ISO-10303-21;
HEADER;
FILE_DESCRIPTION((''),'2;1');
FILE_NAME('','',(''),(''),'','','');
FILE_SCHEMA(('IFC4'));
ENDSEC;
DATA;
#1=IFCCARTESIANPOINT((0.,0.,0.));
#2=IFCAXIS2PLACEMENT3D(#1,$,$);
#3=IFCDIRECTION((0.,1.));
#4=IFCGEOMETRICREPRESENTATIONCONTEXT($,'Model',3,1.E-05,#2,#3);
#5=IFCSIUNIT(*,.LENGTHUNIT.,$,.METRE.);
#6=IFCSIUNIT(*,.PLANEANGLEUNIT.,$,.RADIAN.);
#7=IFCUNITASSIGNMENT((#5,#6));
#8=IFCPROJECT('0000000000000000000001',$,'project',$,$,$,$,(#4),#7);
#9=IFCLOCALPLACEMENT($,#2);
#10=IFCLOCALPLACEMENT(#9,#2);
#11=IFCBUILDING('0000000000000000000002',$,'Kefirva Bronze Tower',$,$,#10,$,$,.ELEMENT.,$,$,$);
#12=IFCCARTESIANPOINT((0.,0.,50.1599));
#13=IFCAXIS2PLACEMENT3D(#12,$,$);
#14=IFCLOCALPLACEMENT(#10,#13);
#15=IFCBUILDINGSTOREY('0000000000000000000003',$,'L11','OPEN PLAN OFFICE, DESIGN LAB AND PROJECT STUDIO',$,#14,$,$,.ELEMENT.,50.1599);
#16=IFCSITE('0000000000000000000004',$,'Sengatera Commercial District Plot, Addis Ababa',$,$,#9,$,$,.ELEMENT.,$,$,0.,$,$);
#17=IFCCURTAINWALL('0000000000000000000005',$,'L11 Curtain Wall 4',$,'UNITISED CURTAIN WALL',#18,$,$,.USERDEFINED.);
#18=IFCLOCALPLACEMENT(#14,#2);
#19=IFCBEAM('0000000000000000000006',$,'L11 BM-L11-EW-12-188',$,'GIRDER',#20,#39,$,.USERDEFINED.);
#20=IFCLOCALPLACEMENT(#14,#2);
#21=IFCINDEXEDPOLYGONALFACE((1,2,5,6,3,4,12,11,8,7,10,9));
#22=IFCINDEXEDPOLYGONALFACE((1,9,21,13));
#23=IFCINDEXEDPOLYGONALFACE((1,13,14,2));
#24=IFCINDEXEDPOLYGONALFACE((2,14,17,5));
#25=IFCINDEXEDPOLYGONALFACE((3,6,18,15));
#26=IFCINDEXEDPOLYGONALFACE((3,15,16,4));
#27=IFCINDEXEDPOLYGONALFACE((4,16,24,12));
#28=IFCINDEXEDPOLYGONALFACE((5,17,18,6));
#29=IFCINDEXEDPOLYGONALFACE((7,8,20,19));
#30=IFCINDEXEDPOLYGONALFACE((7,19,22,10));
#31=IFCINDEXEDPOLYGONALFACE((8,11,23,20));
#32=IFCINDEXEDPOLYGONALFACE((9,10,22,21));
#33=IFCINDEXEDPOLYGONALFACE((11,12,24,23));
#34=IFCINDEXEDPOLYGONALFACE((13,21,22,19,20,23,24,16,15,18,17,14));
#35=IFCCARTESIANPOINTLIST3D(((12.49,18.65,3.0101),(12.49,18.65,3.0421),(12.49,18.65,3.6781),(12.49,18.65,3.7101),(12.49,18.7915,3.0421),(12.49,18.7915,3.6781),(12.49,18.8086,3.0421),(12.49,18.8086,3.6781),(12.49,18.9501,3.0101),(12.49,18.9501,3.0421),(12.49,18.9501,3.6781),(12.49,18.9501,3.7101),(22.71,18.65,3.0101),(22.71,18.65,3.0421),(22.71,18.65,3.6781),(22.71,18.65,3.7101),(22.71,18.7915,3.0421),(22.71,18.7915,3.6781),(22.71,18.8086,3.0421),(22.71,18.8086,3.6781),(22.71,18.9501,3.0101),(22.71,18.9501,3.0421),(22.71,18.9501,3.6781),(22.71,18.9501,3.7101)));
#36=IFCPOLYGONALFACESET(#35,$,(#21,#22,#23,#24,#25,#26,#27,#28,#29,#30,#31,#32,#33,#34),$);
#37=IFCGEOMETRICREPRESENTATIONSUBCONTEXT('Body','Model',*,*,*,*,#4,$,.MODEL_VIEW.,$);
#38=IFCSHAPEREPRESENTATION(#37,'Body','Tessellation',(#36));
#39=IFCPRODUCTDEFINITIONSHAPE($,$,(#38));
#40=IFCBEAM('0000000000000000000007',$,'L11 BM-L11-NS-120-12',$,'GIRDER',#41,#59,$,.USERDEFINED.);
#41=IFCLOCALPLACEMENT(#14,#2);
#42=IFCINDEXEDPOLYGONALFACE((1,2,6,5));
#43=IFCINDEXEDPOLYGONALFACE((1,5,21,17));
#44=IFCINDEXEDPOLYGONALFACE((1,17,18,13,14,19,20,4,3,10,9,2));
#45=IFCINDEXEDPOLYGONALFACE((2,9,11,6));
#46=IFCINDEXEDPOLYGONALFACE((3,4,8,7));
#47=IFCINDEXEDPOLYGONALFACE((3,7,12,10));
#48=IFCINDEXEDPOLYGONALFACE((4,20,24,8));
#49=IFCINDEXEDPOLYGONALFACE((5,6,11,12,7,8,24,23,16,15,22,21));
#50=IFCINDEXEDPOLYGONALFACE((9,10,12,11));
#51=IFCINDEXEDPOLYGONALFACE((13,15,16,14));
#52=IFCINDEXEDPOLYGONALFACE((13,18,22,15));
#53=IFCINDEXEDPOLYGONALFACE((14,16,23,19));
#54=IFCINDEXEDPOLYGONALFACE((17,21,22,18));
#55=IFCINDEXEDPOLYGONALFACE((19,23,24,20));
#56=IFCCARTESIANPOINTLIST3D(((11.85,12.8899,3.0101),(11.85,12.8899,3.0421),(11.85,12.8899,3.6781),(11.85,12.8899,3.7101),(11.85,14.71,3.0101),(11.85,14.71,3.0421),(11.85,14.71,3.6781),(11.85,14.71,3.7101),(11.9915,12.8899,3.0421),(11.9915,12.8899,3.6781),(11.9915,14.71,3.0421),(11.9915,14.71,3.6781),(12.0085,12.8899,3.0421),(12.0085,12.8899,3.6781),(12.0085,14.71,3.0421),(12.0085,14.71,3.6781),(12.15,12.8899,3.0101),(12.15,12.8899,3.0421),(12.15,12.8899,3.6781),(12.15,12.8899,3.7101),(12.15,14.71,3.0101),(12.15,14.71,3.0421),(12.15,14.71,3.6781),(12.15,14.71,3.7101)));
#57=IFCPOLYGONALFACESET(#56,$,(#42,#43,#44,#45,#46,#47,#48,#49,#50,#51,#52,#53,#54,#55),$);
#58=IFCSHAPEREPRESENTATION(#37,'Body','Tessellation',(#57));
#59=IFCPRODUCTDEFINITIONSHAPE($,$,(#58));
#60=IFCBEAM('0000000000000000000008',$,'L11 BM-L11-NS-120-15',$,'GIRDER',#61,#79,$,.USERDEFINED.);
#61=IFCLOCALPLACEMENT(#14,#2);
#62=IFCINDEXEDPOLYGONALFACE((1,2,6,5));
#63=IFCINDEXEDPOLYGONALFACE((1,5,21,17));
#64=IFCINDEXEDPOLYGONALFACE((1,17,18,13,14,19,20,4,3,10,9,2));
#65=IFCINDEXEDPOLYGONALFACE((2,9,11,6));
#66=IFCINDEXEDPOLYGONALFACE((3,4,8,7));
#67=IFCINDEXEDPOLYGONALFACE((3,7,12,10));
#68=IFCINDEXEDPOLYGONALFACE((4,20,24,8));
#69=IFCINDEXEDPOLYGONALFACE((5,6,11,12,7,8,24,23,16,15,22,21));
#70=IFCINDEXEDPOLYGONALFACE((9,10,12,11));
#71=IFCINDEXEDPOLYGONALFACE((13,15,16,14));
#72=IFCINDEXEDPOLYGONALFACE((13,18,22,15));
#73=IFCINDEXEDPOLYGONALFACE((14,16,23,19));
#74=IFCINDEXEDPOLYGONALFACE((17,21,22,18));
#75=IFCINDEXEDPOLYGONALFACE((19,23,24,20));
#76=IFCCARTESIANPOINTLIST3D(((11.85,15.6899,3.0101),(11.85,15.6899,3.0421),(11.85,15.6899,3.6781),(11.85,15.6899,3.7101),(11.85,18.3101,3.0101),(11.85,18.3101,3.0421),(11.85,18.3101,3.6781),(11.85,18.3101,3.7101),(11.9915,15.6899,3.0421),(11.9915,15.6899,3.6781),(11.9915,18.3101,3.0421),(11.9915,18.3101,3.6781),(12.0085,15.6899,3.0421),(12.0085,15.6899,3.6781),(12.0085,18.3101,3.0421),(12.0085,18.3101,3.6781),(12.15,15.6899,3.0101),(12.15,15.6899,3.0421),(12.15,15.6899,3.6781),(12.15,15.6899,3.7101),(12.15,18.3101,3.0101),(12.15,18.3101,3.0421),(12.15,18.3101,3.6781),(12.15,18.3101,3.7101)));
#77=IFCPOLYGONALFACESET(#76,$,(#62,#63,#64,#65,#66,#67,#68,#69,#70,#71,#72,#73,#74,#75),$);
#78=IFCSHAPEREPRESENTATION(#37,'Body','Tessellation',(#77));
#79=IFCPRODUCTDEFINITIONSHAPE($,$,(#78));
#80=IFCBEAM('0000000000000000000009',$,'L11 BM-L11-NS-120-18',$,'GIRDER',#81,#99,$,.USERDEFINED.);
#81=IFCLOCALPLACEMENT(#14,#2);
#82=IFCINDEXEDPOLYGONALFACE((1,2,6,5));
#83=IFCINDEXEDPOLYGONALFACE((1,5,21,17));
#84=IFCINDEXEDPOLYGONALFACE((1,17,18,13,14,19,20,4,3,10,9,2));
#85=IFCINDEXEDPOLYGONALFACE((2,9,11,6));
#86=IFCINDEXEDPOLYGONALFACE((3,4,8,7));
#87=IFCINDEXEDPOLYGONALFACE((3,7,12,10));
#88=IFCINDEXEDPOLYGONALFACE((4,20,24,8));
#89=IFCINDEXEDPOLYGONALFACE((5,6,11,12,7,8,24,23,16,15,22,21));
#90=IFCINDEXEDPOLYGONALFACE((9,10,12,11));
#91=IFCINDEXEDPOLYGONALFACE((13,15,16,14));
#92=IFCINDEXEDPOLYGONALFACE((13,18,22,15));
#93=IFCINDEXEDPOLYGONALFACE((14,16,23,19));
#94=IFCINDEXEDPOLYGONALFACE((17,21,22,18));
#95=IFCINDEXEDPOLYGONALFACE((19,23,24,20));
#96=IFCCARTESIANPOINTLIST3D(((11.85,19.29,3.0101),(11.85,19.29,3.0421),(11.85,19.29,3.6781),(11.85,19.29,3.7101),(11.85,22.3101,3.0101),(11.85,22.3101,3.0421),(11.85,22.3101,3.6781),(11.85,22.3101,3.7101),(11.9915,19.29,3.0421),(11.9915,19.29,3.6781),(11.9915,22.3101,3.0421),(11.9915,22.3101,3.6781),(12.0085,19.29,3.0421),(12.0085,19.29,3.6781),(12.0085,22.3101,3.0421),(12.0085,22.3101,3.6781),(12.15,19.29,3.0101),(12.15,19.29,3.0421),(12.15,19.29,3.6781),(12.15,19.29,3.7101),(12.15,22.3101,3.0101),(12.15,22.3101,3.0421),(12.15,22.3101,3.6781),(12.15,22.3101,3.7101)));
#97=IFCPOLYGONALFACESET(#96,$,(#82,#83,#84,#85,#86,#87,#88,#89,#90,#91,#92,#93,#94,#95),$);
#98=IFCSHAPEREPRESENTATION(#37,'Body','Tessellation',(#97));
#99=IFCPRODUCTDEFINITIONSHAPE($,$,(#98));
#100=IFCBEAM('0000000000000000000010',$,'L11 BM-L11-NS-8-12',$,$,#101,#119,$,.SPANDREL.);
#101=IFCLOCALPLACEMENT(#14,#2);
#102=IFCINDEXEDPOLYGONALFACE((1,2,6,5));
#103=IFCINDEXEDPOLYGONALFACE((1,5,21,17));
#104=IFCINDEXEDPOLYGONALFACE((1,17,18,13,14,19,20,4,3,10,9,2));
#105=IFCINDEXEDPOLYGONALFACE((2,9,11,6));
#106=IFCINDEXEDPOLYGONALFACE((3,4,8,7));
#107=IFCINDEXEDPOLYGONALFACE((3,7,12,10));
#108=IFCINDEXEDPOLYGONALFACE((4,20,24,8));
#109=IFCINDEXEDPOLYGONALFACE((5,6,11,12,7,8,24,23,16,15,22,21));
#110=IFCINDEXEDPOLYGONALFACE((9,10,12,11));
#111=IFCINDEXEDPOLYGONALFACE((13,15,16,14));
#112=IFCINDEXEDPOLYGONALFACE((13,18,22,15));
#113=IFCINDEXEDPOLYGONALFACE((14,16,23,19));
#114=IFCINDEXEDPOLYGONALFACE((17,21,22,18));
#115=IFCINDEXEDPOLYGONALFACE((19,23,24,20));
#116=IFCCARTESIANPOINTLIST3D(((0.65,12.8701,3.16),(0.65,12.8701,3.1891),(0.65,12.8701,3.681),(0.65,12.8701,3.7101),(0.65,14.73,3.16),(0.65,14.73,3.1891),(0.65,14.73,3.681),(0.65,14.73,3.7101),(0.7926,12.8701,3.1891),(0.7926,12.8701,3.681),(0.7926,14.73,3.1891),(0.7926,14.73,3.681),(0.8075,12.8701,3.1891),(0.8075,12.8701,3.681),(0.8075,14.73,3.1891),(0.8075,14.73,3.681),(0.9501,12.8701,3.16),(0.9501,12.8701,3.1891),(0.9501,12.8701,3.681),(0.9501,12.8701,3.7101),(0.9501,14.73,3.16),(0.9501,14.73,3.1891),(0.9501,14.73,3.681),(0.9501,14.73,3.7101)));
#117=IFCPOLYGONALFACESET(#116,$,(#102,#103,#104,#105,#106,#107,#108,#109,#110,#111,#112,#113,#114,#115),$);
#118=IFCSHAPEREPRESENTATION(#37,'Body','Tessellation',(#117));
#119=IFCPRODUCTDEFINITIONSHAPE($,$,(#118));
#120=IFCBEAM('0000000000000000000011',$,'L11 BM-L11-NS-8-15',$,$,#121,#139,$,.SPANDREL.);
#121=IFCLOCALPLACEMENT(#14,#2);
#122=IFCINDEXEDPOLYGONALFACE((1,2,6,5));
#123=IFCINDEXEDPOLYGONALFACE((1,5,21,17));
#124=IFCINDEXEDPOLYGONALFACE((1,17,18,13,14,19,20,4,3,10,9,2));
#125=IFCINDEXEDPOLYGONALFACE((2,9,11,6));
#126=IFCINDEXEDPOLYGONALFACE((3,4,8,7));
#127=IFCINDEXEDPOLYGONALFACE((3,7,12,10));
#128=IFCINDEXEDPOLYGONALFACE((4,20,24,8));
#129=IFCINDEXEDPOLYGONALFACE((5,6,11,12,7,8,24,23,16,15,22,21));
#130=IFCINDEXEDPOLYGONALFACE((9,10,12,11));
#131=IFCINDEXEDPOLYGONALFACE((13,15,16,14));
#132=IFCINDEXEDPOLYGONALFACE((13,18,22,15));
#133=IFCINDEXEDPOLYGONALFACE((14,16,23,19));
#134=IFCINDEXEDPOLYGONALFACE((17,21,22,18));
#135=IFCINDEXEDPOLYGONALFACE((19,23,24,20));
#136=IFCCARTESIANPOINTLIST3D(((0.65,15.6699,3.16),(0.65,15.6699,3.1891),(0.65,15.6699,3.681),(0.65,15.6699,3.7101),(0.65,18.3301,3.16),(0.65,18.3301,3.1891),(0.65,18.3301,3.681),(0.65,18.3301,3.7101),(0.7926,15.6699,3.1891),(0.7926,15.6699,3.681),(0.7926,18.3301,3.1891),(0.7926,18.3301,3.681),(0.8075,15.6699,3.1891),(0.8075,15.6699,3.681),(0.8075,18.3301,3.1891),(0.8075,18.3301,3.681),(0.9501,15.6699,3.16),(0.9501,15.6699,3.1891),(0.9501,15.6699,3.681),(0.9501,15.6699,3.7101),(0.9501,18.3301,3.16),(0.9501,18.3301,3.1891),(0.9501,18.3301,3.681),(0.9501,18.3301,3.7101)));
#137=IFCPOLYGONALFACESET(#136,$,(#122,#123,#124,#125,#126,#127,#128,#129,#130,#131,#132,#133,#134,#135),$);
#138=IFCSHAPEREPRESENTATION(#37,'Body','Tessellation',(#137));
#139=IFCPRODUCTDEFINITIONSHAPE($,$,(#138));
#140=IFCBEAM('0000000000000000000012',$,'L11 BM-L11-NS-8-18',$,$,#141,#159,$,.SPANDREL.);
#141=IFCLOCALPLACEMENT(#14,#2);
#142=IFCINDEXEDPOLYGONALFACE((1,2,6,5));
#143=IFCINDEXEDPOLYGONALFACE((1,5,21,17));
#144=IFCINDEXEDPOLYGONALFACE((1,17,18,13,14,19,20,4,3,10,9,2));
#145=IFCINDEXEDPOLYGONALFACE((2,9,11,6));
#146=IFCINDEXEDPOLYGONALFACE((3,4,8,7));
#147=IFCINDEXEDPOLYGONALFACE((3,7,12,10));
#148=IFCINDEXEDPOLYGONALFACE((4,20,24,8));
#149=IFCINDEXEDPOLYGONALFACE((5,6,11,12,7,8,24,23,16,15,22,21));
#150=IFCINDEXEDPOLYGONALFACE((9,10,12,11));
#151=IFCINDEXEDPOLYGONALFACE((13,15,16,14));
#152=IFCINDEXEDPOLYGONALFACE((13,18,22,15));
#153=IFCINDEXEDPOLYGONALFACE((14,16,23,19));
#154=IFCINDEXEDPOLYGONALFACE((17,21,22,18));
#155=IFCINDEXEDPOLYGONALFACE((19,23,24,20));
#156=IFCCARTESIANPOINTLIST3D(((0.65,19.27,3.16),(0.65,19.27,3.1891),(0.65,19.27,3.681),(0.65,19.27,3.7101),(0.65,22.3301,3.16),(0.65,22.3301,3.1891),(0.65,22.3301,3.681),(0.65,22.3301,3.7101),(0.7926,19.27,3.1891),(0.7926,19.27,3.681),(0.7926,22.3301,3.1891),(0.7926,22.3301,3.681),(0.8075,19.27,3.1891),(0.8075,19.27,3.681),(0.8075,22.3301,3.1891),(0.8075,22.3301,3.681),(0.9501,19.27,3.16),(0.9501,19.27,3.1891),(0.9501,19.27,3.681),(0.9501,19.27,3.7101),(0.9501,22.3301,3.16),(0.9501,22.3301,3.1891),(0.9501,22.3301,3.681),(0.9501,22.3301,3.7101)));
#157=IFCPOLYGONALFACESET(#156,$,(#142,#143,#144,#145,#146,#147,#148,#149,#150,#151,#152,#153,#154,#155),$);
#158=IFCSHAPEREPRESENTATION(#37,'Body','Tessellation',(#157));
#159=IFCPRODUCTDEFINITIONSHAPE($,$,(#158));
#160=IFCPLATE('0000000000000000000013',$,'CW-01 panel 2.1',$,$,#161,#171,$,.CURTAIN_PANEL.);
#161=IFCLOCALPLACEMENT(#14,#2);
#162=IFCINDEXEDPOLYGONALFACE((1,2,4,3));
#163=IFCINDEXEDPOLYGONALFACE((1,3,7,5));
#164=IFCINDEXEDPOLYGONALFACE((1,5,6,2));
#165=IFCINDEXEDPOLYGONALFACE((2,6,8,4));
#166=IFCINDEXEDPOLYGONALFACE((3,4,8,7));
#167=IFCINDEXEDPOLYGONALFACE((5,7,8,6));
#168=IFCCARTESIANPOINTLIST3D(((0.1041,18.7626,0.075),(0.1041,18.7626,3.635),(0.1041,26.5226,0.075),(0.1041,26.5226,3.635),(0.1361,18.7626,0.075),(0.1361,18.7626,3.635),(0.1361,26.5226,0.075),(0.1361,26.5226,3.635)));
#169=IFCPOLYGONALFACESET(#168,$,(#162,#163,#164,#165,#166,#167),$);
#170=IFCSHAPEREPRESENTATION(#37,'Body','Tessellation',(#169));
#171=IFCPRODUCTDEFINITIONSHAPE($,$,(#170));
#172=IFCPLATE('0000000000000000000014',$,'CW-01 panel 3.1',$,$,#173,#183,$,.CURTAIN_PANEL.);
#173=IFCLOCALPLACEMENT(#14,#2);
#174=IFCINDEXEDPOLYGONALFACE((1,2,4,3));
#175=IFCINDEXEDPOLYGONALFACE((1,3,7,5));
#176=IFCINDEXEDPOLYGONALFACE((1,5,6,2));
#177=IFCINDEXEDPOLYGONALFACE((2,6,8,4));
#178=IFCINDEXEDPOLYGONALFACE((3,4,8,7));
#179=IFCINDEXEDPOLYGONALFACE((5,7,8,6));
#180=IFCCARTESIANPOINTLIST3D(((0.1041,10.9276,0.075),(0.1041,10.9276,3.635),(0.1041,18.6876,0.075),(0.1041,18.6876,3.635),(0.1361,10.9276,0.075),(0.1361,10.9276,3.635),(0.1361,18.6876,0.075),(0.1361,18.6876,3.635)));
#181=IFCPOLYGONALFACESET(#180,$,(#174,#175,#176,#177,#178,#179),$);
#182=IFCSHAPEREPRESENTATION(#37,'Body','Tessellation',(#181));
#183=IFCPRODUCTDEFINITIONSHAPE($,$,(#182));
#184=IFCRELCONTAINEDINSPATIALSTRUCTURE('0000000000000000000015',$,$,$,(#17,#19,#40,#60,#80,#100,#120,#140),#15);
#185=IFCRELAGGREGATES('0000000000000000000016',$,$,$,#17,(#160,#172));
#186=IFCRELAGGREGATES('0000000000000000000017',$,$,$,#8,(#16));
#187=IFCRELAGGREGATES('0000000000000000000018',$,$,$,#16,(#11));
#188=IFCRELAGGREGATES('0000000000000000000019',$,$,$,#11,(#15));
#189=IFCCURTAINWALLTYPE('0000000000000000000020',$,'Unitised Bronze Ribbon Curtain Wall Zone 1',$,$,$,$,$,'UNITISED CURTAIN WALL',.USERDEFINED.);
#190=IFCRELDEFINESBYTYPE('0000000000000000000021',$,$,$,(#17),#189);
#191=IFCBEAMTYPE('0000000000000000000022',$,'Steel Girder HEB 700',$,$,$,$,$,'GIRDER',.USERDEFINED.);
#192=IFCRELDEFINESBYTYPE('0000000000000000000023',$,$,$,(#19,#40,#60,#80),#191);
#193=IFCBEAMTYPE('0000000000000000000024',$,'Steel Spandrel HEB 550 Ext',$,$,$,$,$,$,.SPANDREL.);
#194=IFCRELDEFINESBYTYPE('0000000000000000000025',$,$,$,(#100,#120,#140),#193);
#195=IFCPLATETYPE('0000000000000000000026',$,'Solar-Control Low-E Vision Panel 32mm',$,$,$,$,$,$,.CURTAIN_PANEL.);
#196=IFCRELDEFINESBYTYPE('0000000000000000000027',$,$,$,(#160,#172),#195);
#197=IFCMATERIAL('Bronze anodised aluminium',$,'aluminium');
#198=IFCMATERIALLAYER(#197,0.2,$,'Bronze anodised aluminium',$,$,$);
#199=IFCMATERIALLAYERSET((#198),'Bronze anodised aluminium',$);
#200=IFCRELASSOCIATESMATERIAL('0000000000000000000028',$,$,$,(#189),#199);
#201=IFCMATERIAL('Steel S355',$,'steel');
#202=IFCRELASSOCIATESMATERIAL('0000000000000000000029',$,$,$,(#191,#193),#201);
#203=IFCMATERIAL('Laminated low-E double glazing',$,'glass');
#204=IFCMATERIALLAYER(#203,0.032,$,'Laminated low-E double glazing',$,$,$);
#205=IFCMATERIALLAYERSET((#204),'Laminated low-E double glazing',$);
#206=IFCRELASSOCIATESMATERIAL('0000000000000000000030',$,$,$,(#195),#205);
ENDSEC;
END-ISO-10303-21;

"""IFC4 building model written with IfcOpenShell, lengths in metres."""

from ifc_helpers import new_model, si_unit, direction, frame, origin, origin_2d, place, context, subcontext, project, spatial, rectangle, i_section, extrude, material, layer, layer_set, material_profile, profile_set, type_object, element, aggregate, save


model = new_model("IFC4")

# Units and contexts
model_context = context("Model", 3, precision=1e-05, world=origin(), true_north=direction((0.0, 1.0)))
body_context = subcontext(model_context, "Body", "Model", "MODEL_VIEW")
ifc_project = project(units=[si_unit("LENGTHUNIT", "METRE"), si_unit("PLANEANGLEUNIT", "RADIAN")], contexts=[model_context])

# Site, building, storey
site_placement = place(None, origin())
site = spatial("IfcSite", under=ifc_project, at=site_placement, Name="Sengatera Commercial District Plot, Addis Ababa", CompositionType="ELEMENT", RefElevation=0.0)
building_placement = place(site_placement, origin())
building = spatial("IfcBuilding", under=site, at=building_placement, Name="Kefirva Bronze Tower", CompositionType="ELEMENT")
storey_placement = place(building_placement, frame((0.0, 0.0, 50.1599)))
storey = spatial("IfcBuildingStorey", under=building, at=storey_placement, Name="L11", Description="OPEN PLAN OFFICE, DESIGN LAB AND PROJECT STUDIO", CompositionType="ELEMENT", Elevation=50.1599)

# Curtain wall
ifc_material_1 = material(Name="Bronze anodised aluminium", Category="aluminium")
ifc_layer_1 = layer(ifc_material_1, 0.2, Name="Bronze anodised aluminium")
ifc_layer_set_1 = layer_set([ifc_layer_1], Name="Bronze anodised aluminium")
curtain_wall_type = type_object("IfcCurtainWallType", Name="Unitised Bronze Ribbon Curtain Wall Zone 1", ElementType="UNITISED CURTAIN WALL", PredefinedType="USERDEFINED", material=ifc_layer_set_1)
curtain_wall_placement = place(storey_placement, origin())
curtain_wall = element("IfcCurtainWall", 1, at=curtain_wall_placement, inside=storey, type_object=curtain_wall_type, Name="L11 Curtain Wall 4", ObjectType="UNITISED CURTAIN WALL", PredefinedType="USERDEFINED")

# Beams
ifc_material_2 = material(Name="Steel S355", Category="steel")
ifc_material_profile_1 = material_profile(ifc_material_2, i_section(OverallWidth=0.3, OverallDepth=0.7, WebThickness=0.0171, FlangeThickness=0.032, at=origin_2d()), Name="HEB 700")
ifc_profile_set_1 = profile_set([ifc_material_profile_1], Name="Steel S355")
beam_type_1 = type_object("IfcBeamType", Name="Steel Girder HEB 700", ElementType="GIRDER", PredefinedType="USERDEFINED", material=ifc_profile_set_1)
beam_1_placement = place(storey_placement, frame((12.49, 18.8, 3.3601), z_axis=(1.0, 0.0, 0.0), x_axis=(0.0, 1.0, 0.0)))
element("IfcBeam", 2, at=beam_1_placement, inside=storey, type_object=beam_type_1, Name="L11 BM-L11-EW-12-188", ObjectType="GIRDER", PredefinedType="USERDEFINED", context=body_context, shape_type="SweptSolid", body=[
    extrude(i_section(OverallWidth=0.3, OverallDepth=0.7, WebThickness=0.0171, FlangeThickness=0.032, at=origin_2d()), origin(), (0.0, 0.0, 1.0), 10.22),
])
beam_2_placement = place(storey_placement, frame((12.0, 12.8899, 3.3601), z_axis=(0.0, 1.0, 0.0), x_axis=(-1.0, 0.0, 0.0)))
element("IfcBeam", 3, at=beam_2_placement, inside=storey, type_object=beam_type_1, Name="L11 BM-L11-NS-120-12", ObjectType="GIRDER", PredefinedType="USERDEFINED", context=body_context, shape_type="SweptSolid", body=[
    extrude(i_section(OverallWidth=0.3, OverallDepth=0.7, WebThickness=0.0171, FlangeThickness=0.032, at=origin_2d()), origin(), (0.0, 0.0, 1.0), 1.8201),
])
beam_3_placement = place(storey_placement, frame((12.0, 15.6899, 3.3601), z_axis=(0.0, 1.0, 0.0), x_axis=(-1.0, 0.0, 0.0)))
element("IfcBeam", 4, at=beam_3_placement, inside=storey, type_object=beam_type_1, Name="L11 BM-L11-NS-120-15", ObjectType="GIRDER", PredefinedType="USERDEFINED", context=body_context, shape_type="SweptSolid", body=[
    extrude(i_section(OverallWidth=0.3, OverallDepth=0.7, WebThickness=0.0171, FlangeThickness=0.032, at=origin_2d()), origin(), (0.0, 0.0, 1.0), 2.6201),
])
beam_4_placement = place(storey_placement, frame((12.0, 19.29, 3.3601), z_axis=(0.0, 1.0, 0.0), x_axis=(-1.0, 0.0, 0.0)))
element("IfcBeam", 5, at=beam_4_placement, inside=storey, type_object=beam_type_1, Name="L11 BM-L11-NS-120-18", ObjectType="GIRDER", PredefinedType="USERDEFINED", context=body_context, shape_type="SweptSolid", body=[
    extrude(i_section(OverallWidth=0.3, OverallDepth=0.7, WebThickness=0.0171, FlangeThickness=0.032, at=origin_2d()), origin(), (0.0, 0.0, 1.0), 3.02),
])
ifc_material_profile_2 = material_profile(ifc_material_2, i_section(OverallWidth=0.3, OverallDepth=0.55, WebThickness=0.0149, FlangeThickness=0.0291, at=origin_2d()), Name="HEB 550")
ifc_profile_set_2 = profile_set([ifc_material_profile_2], Name="Steel S355")
beam_type_2 = type_object("IfcBeamType", Name="Steel Spandrel HEB 550 Ext", PredefinedType="SPANDREL", material=ifc_profile_set_2)
beam_5_placement = place(storey_placement, frame((0.8, 12.8701, 3.4351), z_axis=(0.0, 1.0, 0.0), x_axis=(-1.0, 0.0, 0.0)))
element("IfcBeam", 6, at=beam_5_placement, inside=storey, type_object=beam_type_2, Name="L11 BM-L11-NS-8-12", PredefinedType="SPANDREL", context=body_context, shape_type="SweptSolid", body=[
    extrude(i_section(OverallWidth=0.3, OverallDepth=0.55, WebThickness=0.0149, FlangeThickness=0.0291, at=origin_2d()), origin(), (0.0, 0.0, 1.0), 1.8599),
])
beam_6_placement = place(storey_placement, frame((0.8, 15.6699, 3.4351), z_axis=(0.0, 1.0, 0.0), x_axis=(-1.0, 0.0, 0.0)))
element("IfcBeam", 7, at=beam_6_placement, inside=storey, type_object=beam_type_2, Name="L11 BM-L11-NS-8-15", PredefinedType="SPANDREL", context=body_context, shape_type="SweptSolid", body=[
    extrude(i_section(OverallWidth=0.3, OverallDepth=0.55, WebThickness=0.0149, FlangeThickness=0.0291, at=origin_2d()), origin(), (0.0, 0.0, 1.0), 2.6602),
])
beam_7_placement = place(storey_placement, frame((0.8, 19.27, 3.4351), z_axis=(0.0, 1.0, 0.0), x_axis=(-1.0, 0.0, 0.0)))
element("IfcBeam", 8, at=beam_7_placement, inside=storey, type_object=beam_type_2, Name="L11 BM-L11-NS-8-18", PredefinedType="SPANDREL", context=body_context, shape_type="SweptSolid", body=[
    extrude(i_section(OverallWidth=0.3, OverallDepth=0.55, WebThickness=0.0149, FlangeThickness=0.0291, at=origin_2d()), origin(), (0.0, 0.0, 1.0), 3.0601),
])

# Plates
ifc_material_3 = material(Name="Laminated low-E double glazing", Category="glass")
ifc_layer_2 = layer(ifc_material_3, 0.032, Name="Laminated low-E double glazing")
ifc_layer_set_2 = layer_set([ifc_layer_2], Name="Laminated low-E double glazing")
plate_type = type_object("IfcPlateType", Name="Solar-Control Low-E Vision Panel 32mm", PredefinedType="CURTAIN_PANEL", material=ifc_layer_set_2)
plate_1_placement = place(storey_placement, frame((0.1201, 22.6426, 0.075), z_axis=(0.0, 0.0, 1.0), x_axis=(0.0, -1.0, 0.0)))
plate_1 = element("IfcPlate", 9, at=plate_1_placement, type_object=plate_type, Name="CW-01 panel 2.1", PredefinedType="CURTAIN_PANEL", context=body_context, shape_type="SweptSolid", body=[
    extrude(rectangle(XDim=7.76, YDim=0.032, at=origin_2d()), origin(), (0.0, 0.0, 1.0), 3.5601),
])
plate_2_placement = place(storey_placement, frame((0.1201, 14.8076, 0.075), z_axis=(0.0, 0.0, 1.0), x_axis=(0.0, -1.0, 0.0)))
plate_2 = element("IfcPlate", 10, at=plate_2_placement, type_object=plate_type, Name="CW-01 panel 3.1", PredefinedType="CURTAIN_PANEL", context=body_context, shape_type="SweptSolid", body=[
    extrude(rectangle(XDim=7.76, YDim=0.032, at=origin_2d()), origin(), (0.0, 0.0, 1.0), 3.5601),
])
aggregate(curtain_wall, [plate_1, plate_2])

save(model, "model.ifc")
